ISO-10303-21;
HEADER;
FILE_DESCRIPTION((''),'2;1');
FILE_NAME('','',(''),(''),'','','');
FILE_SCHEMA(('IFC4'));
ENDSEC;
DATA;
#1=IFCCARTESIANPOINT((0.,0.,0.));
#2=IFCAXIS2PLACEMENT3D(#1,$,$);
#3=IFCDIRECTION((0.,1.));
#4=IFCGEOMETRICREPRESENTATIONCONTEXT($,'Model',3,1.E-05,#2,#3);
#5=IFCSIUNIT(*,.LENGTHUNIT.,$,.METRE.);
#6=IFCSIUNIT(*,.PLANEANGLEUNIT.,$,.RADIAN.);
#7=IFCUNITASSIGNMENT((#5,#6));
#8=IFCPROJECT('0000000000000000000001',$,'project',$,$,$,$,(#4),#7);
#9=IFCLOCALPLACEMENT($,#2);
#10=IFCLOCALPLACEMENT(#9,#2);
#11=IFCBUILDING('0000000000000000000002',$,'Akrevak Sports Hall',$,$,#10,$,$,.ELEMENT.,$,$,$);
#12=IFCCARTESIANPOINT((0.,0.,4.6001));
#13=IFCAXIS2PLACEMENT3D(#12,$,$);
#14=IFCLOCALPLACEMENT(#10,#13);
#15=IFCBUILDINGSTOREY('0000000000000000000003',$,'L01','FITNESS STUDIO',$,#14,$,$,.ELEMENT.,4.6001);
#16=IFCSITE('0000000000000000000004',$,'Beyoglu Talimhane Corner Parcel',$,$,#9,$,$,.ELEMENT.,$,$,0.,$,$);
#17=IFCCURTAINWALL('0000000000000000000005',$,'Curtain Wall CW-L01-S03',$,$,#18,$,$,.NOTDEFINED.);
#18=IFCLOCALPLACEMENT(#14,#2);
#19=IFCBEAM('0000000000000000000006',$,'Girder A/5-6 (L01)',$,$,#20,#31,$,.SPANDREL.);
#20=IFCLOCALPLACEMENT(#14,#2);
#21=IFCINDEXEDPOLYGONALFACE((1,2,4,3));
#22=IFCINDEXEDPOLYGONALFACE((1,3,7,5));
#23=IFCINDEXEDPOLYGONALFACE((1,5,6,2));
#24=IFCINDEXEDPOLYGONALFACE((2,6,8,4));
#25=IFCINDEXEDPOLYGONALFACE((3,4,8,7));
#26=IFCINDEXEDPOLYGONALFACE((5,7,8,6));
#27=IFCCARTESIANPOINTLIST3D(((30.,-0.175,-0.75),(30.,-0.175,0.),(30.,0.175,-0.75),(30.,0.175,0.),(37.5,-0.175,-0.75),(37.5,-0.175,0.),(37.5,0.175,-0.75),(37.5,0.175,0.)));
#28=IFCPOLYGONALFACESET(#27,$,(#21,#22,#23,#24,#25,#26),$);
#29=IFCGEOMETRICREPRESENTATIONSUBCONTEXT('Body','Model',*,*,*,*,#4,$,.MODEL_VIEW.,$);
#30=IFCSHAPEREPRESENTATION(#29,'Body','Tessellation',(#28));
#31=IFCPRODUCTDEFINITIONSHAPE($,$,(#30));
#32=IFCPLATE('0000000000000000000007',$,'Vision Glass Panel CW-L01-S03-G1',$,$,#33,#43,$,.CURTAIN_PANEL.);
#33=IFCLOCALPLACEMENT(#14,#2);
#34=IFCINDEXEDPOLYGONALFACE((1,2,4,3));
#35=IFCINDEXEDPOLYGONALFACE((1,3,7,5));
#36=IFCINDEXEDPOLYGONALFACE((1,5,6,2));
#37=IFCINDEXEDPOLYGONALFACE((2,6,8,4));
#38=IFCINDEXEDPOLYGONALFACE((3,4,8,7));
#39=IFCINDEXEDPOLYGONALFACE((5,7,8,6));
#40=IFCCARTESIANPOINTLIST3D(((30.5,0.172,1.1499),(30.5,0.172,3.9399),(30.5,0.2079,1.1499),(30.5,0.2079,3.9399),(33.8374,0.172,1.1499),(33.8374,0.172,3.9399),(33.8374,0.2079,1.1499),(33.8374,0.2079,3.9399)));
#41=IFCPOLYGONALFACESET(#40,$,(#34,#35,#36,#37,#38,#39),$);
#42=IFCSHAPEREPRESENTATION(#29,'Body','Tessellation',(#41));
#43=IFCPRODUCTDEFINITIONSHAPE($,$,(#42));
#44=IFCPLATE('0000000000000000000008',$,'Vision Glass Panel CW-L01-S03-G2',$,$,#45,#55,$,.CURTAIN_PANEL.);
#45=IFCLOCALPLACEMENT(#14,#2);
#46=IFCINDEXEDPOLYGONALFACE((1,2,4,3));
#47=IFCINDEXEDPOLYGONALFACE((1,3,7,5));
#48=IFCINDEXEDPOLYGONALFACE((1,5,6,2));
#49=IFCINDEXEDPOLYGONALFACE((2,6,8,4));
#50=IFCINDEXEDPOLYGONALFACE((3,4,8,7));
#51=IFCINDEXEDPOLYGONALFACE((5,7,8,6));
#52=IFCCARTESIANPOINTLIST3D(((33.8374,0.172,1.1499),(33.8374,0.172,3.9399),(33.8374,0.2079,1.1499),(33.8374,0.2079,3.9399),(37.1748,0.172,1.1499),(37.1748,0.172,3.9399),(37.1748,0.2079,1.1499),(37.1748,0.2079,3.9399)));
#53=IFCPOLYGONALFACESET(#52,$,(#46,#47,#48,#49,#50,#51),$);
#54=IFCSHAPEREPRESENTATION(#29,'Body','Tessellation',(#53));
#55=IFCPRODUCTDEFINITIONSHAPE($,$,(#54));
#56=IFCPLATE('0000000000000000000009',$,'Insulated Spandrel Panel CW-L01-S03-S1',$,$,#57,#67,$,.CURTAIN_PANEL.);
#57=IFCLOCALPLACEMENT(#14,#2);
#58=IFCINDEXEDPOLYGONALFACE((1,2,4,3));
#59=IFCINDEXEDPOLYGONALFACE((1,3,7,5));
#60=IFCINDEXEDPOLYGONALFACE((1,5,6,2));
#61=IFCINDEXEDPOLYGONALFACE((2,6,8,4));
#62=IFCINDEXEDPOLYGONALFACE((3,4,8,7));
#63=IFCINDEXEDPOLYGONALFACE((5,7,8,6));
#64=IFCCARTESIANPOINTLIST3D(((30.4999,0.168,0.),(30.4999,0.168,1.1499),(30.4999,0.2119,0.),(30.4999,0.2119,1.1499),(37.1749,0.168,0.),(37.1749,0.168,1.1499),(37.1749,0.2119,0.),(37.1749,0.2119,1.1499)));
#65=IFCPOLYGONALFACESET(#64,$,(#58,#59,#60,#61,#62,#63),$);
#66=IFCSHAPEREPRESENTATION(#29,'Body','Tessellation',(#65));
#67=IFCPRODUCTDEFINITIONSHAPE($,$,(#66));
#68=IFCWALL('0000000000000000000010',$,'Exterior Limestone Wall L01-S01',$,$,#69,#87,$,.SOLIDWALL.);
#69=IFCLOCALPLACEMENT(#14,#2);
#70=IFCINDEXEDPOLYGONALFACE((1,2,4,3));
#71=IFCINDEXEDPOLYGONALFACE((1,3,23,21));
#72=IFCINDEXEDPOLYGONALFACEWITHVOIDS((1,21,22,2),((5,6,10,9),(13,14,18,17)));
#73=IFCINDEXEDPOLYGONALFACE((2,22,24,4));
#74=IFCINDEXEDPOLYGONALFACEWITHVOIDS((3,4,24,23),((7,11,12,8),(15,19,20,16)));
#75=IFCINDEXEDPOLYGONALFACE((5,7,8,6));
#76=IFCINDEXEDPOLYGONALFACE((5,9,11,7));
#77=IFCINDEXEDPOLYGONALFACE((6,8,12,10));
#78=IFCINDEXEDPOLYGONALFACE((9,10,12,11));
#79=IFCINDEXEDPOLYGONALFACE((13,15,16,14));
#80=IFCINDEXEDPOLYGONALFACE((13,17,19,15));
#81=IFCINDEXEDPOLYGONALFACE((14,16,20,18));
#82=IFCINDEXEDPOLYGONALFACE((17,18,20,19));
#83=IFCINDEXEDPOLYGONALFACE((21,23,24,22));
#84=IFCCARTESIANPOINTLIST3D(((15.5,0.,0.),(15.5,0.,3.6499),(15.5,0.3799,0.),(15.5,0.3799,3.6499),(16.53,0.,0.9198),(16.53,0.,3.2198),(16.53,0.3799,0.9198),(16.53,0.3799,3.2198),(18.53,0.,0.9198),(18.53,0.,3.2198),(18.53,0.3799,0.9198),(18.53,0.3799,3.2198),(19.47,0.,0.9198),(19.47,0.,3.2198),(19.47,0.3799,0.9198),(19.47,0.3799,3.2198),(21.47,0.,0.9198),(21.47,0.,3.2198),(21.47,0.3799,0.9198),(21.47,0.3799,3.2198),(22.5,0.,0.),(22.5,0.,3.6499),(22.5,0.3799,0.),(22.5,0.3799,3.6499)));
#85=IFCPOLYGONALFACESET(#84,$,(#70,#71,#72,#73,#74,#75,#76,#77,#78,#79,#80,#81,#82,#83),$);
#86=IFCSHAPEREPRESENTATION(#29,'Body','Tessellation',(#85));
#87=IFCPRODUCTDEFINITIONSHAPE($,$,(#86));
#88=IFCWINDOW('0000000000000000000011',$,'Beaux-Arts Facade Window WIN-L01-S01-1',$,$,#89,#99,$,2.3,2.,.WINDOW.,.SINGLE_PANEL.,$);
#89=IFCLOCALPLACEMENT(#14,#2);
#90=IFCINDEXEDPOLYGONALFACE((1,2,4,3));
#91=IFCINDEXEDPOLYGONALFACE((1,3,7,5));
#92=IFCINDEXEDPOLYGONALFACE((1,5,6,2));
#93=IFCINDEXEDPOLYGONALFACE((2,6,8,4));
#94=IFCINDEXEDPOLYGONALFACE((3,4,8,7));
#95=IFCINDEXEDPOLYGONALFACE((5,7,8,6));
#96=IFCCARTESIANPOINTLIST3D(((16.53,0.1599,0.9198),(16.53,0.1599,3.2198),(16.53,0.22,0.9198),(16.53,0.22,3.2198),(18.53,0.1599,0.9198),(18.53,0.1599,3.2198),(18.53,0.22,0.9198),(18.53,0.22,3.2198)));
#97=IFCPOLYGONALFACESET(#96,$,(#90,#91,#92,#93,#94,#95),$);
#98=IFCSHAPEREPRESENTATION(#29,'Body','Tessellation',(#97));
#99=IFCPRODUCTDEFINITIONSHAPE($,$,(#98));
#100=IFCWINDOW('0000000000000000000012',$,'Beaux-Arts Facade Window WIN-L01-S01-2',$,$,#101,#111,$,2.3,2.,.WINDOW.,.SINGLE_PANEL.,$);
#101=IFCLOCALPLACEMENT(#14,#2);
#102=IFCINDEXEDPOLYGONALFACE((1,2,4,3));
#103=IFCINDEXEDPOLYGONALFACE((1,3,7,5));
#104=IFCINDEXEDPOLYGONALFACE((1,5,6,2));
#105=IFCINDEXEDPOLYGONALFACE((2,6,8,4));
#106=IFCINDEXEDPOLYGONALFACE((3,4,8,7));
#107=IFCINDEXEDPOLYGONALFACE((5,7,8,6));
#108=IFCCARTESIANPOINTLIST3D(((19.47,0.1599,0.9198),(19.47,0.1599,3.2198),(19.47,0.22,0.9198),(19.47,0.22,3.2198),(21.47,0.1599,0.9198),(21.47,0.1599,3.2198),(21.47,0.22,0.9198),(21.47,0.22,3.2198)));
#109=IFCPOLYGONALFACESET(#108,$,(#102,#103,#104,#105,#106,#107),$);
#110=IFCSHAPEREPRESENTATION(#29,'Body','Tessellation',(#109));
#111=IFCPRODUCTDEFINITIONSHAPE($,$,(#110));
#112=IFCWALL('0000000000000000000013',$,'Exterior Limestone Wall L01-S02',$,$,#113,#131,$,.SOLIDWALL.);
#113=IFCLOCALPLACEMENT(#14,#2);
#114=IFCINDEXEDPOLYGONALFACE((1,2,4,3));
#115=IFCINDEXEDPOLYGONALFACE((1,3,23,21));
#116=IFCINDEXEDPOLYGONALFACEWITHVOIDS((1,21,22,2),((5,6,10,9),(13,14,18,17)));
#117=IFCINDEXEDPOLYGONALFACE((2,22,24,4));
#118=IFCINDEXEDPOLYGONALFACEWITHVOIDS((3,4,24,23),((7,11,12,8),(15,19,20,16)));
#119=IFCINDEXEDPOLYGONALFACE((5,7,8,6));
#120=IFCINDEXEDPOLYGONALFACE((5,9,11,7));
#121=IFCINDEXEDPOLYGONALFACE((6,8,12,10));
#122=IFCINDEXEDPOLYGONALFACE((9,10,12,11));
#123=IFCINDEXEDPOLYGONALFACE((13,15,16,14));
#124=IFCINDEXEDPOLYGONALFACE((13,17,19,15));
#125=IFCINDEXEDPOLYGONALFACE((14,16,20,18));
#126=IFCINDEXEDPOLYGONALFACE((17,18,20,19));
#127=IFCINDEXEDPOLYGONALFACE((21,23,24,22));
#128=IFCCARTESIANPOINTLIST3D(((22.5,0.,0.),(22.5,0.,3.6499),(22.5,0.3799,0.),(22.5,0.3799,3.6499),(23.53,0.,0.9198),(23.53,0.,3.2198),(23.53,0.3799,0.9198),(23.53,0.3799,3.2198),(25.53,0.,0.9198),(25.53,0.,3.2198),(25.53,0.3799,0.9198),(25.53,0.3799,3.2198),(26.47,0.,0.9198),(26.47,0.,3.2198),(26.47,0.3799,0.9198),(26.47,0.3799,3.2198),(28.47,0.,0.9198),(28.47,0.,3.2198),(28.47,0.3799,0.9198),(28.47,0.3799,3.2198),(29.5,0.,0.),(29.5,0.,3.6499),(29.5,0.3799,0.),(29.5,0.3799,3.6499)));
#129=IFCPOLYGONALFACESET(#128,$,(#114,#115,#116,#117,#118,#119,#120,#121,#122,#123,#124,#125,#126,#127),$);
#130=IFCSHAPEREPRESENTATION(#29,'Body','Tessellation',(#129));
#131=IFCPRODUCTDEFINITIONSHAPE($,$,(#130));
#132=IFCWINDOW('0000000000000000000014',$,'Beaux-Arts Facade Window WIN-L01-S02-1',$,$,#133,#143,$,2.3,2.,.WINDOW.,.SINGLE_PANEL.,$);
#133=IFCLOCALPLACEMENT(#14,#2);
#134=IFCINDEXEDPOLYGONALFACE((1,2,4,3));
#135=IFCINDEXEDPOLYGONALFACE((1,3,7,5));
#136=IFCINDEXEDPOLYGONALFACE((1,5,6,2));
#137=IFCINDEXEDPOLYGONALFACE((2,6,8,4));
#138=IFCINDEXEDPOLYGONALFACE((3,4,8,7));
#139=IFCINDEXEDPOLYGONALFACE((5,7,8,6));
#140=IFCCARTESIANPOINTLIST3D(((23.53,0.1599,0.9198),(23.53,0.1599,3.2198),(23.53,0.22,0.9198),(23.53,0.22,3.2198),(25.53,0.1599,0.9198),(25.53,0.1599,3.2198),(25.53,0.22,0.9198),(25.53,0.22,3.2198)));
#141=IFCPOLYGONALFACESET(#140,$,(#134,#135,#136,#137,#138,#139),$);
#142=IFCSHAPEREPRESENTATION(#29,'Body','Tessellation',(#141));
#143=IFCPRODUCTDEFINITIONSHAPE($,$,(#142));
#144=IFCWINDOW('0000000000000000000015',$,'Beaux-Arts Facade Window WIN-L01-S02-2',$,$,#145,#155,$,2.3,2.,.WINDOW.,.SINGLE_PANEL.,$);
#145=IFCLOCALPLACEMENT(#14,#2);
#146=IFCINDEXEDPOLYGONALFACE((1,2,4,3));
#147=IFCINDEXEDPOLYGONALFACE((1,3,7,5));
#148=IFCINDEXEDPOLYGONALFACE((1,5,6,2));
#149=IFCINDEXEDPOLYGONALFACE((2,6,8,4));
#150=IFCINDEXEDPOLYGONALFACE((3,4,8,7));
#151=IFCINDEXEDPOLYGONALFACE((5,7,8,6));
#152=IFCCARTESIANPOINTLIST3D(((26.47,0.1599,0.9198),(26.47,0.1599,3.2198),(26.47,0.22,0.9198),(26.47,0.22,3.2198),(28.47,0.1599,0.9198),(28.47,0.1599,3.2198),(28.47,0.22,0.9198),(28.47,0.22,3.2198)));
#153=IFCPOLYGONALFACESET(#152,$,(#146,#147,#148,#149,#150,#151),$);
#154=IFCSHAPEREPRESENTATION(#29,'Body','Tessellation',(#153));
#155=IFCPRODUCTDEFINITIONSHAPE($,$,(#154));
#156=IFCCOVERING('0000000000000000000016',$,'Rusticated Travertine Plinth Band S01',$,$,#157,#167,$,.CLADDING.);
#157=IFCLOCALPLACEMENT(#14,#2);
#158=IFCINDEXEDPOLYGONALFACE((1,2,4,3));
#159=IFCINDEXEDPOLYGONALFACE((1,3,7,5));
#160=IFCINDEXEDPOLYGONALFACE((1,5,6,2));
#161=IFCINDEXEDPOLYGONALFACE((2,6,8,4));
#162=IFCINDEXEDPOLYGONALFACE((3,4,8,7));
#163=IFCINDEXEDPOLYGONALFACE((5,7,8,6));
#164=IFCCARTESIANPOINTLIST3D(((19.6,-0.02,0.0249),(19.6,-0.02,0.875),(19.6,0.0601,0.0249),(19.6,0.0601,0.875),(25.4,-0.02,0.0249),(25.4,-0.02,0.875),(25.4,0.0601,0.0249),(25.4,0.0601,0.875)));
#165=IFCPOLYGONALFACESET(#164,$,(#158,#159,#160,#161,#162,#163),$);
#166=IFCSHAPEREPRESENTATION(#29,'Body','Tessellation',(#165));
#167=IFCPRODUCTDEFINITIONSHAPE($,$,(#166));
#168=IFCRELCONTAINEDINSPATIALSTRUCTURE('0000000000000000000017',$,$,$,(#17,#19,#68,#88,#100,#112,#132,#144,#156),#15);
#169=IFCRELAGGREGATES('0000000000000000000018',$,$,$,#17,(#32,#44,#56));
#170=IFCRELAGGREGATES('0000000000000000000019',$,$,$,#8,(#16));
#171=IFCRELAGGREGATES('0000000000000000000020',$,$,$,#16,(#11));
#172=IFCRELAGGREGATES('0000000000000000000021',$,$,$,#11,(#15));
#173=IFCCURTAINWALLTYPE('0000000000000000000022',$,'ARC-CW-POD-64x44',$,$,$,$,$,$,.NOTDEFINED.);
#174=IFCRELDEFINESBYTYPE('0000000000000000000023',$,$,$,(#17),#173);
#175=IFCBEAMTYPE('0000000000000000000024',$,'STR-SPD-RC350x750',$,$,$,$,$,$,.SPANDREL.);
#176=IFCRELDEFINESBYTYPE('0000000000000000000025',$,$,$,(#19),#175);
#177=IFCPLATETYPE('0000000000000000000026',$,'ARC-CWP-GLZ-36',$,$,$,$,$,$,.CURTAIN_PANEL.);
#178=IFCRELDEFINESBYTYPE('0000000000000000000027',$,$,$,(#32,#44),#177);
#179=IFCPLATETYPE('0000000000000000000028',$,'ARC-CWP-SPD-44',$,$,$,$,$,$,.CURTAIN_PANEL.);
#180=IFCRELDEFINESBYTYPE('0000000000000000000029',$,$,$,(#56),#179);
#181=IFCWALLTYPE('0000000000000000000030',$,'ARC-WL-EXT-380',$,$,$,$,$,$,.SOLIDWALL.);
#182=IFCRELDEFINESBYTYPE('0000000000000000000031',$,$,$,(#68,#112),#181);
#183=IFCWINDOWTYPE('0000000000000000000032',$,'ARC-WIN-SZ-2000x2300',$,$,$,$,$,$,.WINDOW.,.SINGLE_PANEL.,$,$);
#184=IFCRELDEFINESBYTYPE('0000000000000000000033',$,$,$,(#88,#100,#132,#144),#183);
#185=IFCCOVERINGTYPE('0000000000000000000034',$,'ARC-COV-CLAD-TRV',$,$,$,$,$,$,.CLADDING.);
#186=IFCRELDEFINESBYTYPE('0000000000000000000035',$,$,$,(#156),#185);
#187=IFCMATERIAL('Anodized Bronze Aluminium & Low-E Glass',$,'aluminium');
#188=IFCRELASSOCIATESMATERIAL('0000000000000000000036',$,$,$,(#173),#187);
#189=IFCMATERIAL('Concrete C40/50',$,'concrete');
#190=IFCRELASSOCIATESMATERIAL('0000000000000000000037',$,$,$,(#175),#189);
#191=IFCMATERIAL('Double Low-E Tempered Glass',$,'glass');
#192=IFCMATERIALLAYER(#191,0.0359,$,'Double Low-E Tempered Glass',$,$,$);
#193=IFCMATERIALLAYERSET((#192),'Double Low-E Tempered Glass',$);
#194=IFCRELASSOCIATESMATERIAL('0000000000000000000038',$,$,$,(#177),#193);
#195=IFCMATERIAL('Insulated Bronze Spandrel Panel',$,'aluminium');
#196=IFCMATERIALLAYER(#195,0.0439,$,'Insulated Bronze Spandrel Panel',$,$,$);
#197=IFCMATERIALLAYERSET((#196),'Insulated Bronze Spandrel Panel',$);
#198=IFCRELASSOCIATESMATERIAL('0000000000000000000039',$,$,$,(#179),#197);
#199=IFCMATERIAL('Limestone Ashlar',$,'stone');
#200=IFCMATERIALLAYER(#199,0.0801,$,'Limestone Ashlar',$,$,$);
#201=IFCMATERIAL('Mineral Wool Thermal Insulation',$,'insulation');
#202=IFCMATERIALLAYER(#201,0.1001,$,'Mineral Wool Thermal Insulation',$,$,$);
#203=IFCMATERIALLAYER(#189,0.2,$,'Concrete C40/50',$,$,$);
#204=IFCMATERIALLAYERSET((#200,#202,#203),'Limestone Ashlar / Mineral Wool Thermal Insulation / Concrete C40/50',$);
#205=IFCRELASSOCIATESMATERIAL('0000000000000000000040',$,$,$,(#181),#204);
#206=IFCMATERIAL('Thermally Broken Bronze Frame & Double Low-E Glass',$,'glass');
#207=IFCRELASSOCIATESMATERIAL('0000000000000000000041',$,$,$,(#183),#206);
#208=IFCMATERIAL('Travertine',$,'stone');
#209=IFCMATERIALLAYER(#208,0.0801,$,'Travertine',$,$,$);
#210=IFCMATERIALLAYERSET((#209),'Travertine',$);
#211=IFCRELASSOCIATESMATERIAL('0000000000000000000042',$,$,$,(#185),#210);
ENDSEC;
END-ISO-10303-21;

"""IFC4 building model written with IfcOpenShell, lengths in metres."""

from ifc_helpers import new_model, si_unit, direction, frame, frame_2d, origin, origin_2d, place, context, subcontext, project, spatial, rectangle, extrude, material, layer, layer_set, material_profile, profile_set, type_object, element, fill, aggregate, save


model = new_model("IFC4")

# Units and contexts
model_context = context("Model", 3, precision=1e-05, world=origin(), true_north=direction((0.0, 1.0)))
body_context = subcontext(model_context, "Body", "Model", "MODEL_VIEW")
ifc_project = project(units=[si_unit("LENGTHUNIT", "METRE"), si_unit("PLANEANGLEUNIT", "RADIAN")], contexts=[model_context])

# Site, building, storey
site_placement = place(None, origin())
site = spatial("IfcSite", under=ifc_project, at=site_placement, Name="Beyoglu Talimhane Corner Parcel", CompositionType="ELEMENT", RefElevation=0.0)
building_placement = place(site_placement, origin())
building = spatial("IfcBuilding", under=site, at=building_placement, Name="Akrevak Sports Hall", CompositionType="ELEMENT")
storey_placement = place(building_placement, frame((0.0, 0.0, 4.6001)))
storey = spatial("IfcBuildingStorey", under=building, at=storey_placement, Name="L01", Description="FITNESS STUDIO", CompositionType="ELEMENT", Elevation=4.6001)

# Shared definitions
ifc_material_1 = material(Name="Concrete C40/50", Category="concrete")

# Curtain wall
ifc_material_2 = material(Name="Anodized Bronze Aluminium & Low-E Glass", Category="aluminium")
curtain_wall_type = type_object("IfcCurtainWallType", Name="ARC-CW-POD-64x44", PredefinedType="NOTDEFINED", material=ifc_material_2)
curtain_wall_placement = place(storey_placement, origin())
curtain_wall = element("IfcCurtainWall", 1, at=curtain_wall_placement, inside=storey, type_object=curtain_wall_type, Name="Curtain Wall CW-L01-S03", PredefinedType="NOTDEFINED")

# Beam
ifc_material_profile_1 = material_profile(ifc_material_1, rectangle(XDim=0.3501, YDim=0.75, at=origin_2d()), Name="SPD 350x750", Category="concrete")
ifc_profile_set_1 = profile_set([ifc_material_profile_1], Name="Concrete C40/50")
beam_type_1 = type_object("IfcBeamType", Name="STR-SPD-RC350x750", PredefinedType="SPANDREL", material=ifc_profile_set_1)
beam_1_placement = place(storey_placement, frame((30.0, 0.0, -0.375), z_axis=(1.0, 0.0, 0.0), x_axis=(0.0, 1.0, 0.0)))
element("IfcBeam", 2, at=beam_1_placement, inside=storey, type_object=beam_type_1, Name="Girder A/5-6 (L01)", PredefinedType="SPANDREL", context=body_context, shape_type="SweptSolid", body=[
    extrude(rectangle(XDim=0.3501, YDim=0.75, at=origin_2d()), origin(), (0.0, 0.0, 1.0), 7.5),
])

# Plates
ifc_material_3 = material(Name="Double Low-E Tempered Glass", Category="glass")
ifc_layer_1 = layer(ifc_material_3, 0.0359, Name="Double Low-E Tempered Glass")
ifc_layer_set_1 = layer_set([ifc_layer_1], Name="Double Low-E Tempered Glass")
plate_type_1 = type_object("IfcPlateType", Name="ARC-CWP-GLZ-36", PredefinedType="CURTAIN_PANEL", material=ifc_layer_set_1)
plate_1_placement = place(storey_placement, frame((32.1687, 0.1899, 1.1499), z_axis=(0.0, 0.0, 1.0), x_axis=(1.0, 0.0, 0.0)))
plate_1 = element("IfcPlate", 3, at=plate_1_placement, type_object=plate_type_1, Name="Vision Glass Panel CW-L01-S03-G1", PredefinedType="CURTAIN_PANEL", context=body_context, shape_type="SweptSolid", body=[
    extrude(rectangle(XDim=3.3374, YDim=0.0359, at=origin_2d()), origin(), (0.0, 0.0, 1.0), 2.79),
])
plate_2_placement = place(storey_placement, frame((35.5061, 0.1899, 1.1499), z_axis=(0.0, 0.0, 1.0), x_axis=(1.0, 0.0, 0.0)))
plate_2 = element("IfcPlate", 4, at=plate_2_placement, type_object=plate_type_1, Name="Vision Glass Panel CW-L01-S03-G2", PredefinedType="CURTAIN_PANEL", context=body_context, shape_type="SweptSolid", body=[
    extrude(rectangle(XDim=3.3374, YDim=0.0359, at=origin_2d()), origin(), (0.0, 0.0, 1.0), 2.79),
])
ifc_material_4 = material(Name="Insulated Bronze Spandrel Panel", Category="aluminium")
ifc_layer_2 = layer(ifc_material_4, 0.0439, Name="Insulated Bronze Spandrel Panel")
ifc_layer_set_2 = layer_set([ifc_layer_2], Name="Insulated Bronze Spandrel Panel")
plate_type_2 = type_object("IfcPlateType", Name="ARC-CWP-SPD-44", PredefinedType="CURTAIN_PANEL", material=ifc_layer_set_2)
plate_3_placement = place(storey_placement, frame((33.8374, 0.1899, 0.0), z_axis=(0.0, 0.0, 1.0), x_axis=(1.0, 0.0, 0.0)))
plate_3 = element("IfcPlate", 5, at=plate_3_placement, type_object=plate_type_2, Name="Insulated Spandrel Panel CW-L01-S03-S1", PredefinedType="CURTAIN_PANEL", context=body_context, shape_type="SweptSolid", body=[
    extrude(rectangle(XDim=6.675, YDim=0.0439, at=origin_2d()), origin(), (0.0, 0.0, 1.0), 1.1499),
])
aggregate(curtain_wall, [plate_1, plate_2, plate_3])

# Walls, openings, windows
ifc_material_5 = material(Name="Limestone Ashlar", Category="stone")
ifc_layer_3 = layer(ifc_material_5, 0.0801, Name="Limestone Ashlar")
ifc_material_6 = material(Name="Mineral Wool Thermal Insulation", Category="insulation")
ifc_layer_4 = layer(ifc_material_6, 0.1001, Name="Mineral Wool Thermal Insulation")
ifc_layer_5 = layer(ifc_material_1, 0.2, Name="Concrete C40/50")
ifc_layer_set_3 = layer_set([ifc_layer_3, ifc_layer_4, ifc_layer_5], Name="Limestone Ashlar / Mineral Wool Thermal Insulation / Concrete C40/50")
wall_type = type_object("IfcWallType", Name="ARC-WL-EXT-380", PredefinedType="SOLIDWALL", material=ifc_layer_set_3)
wall_1_placement = place(storey_placement, frame((15.5, 0.1899, 0.0), z_axis=(0.0, 0.0, 1.0), x_axis=(1.0, 0.0, 0.0)))
wall_1 = element("IfcWall", 6, at=wall_1_placement, inside=storey, type_object=wall_type, Name="Exterior Limestone Wall L01-S01", PredefinedType="SOLIDWALL", context=body_context, shape_type="SweptSolid", body=[
    extrude(rectangle(XDim=7.0, YDim=0.3799, at=frame_2d((3.5, 0.0))), origin(), (0.0, 0.0, 1.0), 3.6499),
])
opening_1_placement = place(wall_1_placement, frame((1.03, 0.0, 0.9199)))
opening_1 = element("IfcOpeningElement", 7, at=opening_1_placement, cuts=wall_1, PredefinedType="OPENING", context=body_context, shape_type="SweptSolid", body=[
    extrude(rectangle(XDim=2.0, YDim=2.3, at=frame_2d((1.0, 1.1499))), frame((0.0, 0.2019, 0.0), z_axis=(0.0, -1.0, 0.0), x_axis=(1.0, 0.0, 0.0)), (0.0, 0.0, 1.0), 0.4038),
])
opening_2_placement = place(wall_1_placement, frame((3.97, 0.0, 0.9199)))
opening_2 = element("IfcOpeningElement", 8, at=opening_2_placement, cuts=wall_1, PredefinedType="OPENING", context=body_context, shape_type="SweptSolid", body=[
    extrude(rectangle(XDim=2.0, YDim=2.3, at=frame_2d((1.0, 1.1499))), frame((0.0, 0.2019, 0.0), z_axis=(0.0, -1.0, 0.0), x_axis=(1.0, 0.0, 0.0)), (0.0, 0.0, 1.0), 0.4038),
])
ifc_material_7 = material(Name="Thermally Broken Bronze Frame & Double Low-E Glass", Category="glass")
window_type = type_object("IfcWindowType", Name="ARC-WIN-SZ-2000x2300", PartitioningType="SINGLE_PANEL", PredefinedType="WINDOW", material=ifc_material_7)
window_1_placement = place(opening_1_placement, origin())
window_1 = element("IfcWindow", 9, at=window_1_placement, inside=storey, type_object=window_type, Name="Beaux-Arts Facade Window WIN-L01-S01-1", OverallHeight=2.3, OverallWidth=2.0, PartitioningType="SINGLE_PANEL", PredefinedType="WINDOW", context=body_context, shape_type="SweptSolid", body=[
    extrude(rectangle(XDim=2.0, YDim=2.3, at=frame_2d((1.0, 1.1499))), frame((0.0, 0.03, 0.0), z_axis=(0.0, -1.0, 0.0), x_axis=(1.0, 0.0, 0.0)), (0.0, 0.0, 1.0), 0.0601),
])
fill(opening_1, window_1)
window_2_placement = place(opening_2_placement, origin())
window_2 = element("IfcWindow", 10, at=window_2_placement, inside=storey, type_object=window_type, Name="Beaux-Arts Facade Window WIN-L01-S01-2", OverallHeight=2.3, OverallWidth=2.0, PartitioningType="SINGLE_PANEL", PredefinedType="WINDOW", context=body_context, shape_type="SweptSolid", body=[
    extrude(rectangle(XDim=2.0, YDim=2.3, at=frame_2d((1.0, 1.1499))), frame((0.0, 0.03, 0.0), z_axis=(0.0, -1.0, 0.0), x_axis=(1.0, 0.0, 0.0)), (0.0, 0.0, 1.0), 0.0601),
])
fill(opening_2, window_2)
wall_2_placement = place(storey_placement, frame((22.5, 0.1899, 0.0), z_axis=(0.0, 0.0, 1.0), x_axis=(1.0, 0.0, 0.0)))
wall_2 = element("IfcWall", 11, at=wall_2_placement, inside=storey, type_object=wall_type, Name="Exterior Limestone Wall L01-S02", PredefinedType="SOLIDWALL", context=body_context, shape_type="SweptSolid", body=[
    extrude(rectangle(XDim=7.0, YDim=0.3799, at=frame_2d((3.5, 0.0))), origin(), (0.0, 0.0, 1.0), 3.6499),
])
opening_3_placement = place(wall_2_placement, frame((1.03, 0.0, 0.9199)))
opening_3 = element("IfcOpeningElement", 12, at=opening_3_placement, cuts=wall_2, PredefinedType="OPENING", context=body_context, shape_type="SweptSolid", body=[
    extrude(rectangle(XDim=2.0, YDim=2.3, at=frame_2d((1.0, 1.1499))), frame((0.0, 0.2019, 0.0), z_axis=(0.0, -1.0, 0.0), x_axis=(1.0, 0.0, 0.0)), (0.0, 0.0, 1.0), 0.4038),
])
opening_4_placement = place(wall_2_placement, frame((3.97, 0.0, 0.9199)))
opening_4 = element("IfcOpeningElement", 13, at=opening_4_placement, cuts=wall_2, PredefinedType="OPENING", context=body_context, shape_type="SweptSolid", body=[
    extrude(rectangle(XDim=2.0, YDim=2.3, at=frame_2d((1.0, 1.1499))), frame((0.0, 0.2019, 0.0), z_axis=(0.0, -1.0, 0.0), x_axis=(1.0, 0.0, 0.0)), (0.0, 0.0, 1.0), 0.4038),
])
window_3_placement = place(opening_3_placement, origin())
window_3 = element("IfcWindow", 14, at=window_3_placement, inside=storey, type_object=window_type, Name="Beaux-Arts Facade Window WIN-L01-S02-1", OverallHeight=2.3, OverallWidth=2.0, PartitioningType="SINGLE_PANEL", PredefinedType="WINDOW", context=body_context, shape_type="SweptSolid", body=[
    extrude(rectangle(XDim=2.0, YDim=2.3, at=frame_2d((1.0, 1.1499))), frame((0.0, 0.03, 0.0), z_axis=(0.0, -1.0, 0.0), x_axis=(1.0, 0.0, 0.0)), (0.0, 0.0, 1.0), 0.0601),
])
fill(opening_3, window_3)
window_4_placement = place(opening_4_placement, origin())
window_4 = element("IfcWindow", 15, at=window_4_placement, inside=storey, type_object=window_type, Name="Beaux-Arts Facade Window WIN-L01-S02-2", OverallHeight=2.3, OverallWidth=2.0, PartitioningType="SINGLE_PANEL", PredefinedType="WINDOW", context=body_context, shape_type="SweptSolid", body=[
    extrude(rectangle(XDim=2.0, YDim=2.3, at=frame_2d((1.0, 1.1499))), frame((0.0, 0.03, 0.0), z_axis=(0.0, -1.0, 0.0), x_axis=(1.0, 0.0, 0.0)), (0.0, 0.0, 1.0), 0.0601),
])
fill(opening_4, window_4)

# Covering
ifc_material_8 = material(Name="Travertine", Category="stone")
ifc_layer_6 = layer(ifc_material_8, 0.0801, Name="Travertine")
ifc_layer_set_4 = layer_set([ifc_layer_6], Name="Travertine")
covering_type_1 = type_object("IfcCoveringType", Name="ARC-COV-CLAD-TRV", PredefinedType="CLADDING", material=ifc_layer_set_4)
covering_1_placement = place(storey_placement, frame((22.5, 0.02, 0.0249), z_axis=(0.0, 0.0, 1.0), x_axis=(1.0, 0.0, 0.0)))
element("IfcCovering", 16, at=covering_1_placement, inside=storey, type_object=covering_type_1, Name="Rusticated Travertine Plinth Band S01", PredefinedType="CLADDING", context=body_context, shape_type="SweptSolid", body=[
    extrude(rectangle(XDim=5.8, YDim=0.0801, at=origin_2d()), origin(), (0.0, 0.0, 1.0), 0.8501),
])

save(model, "model.ifc")
